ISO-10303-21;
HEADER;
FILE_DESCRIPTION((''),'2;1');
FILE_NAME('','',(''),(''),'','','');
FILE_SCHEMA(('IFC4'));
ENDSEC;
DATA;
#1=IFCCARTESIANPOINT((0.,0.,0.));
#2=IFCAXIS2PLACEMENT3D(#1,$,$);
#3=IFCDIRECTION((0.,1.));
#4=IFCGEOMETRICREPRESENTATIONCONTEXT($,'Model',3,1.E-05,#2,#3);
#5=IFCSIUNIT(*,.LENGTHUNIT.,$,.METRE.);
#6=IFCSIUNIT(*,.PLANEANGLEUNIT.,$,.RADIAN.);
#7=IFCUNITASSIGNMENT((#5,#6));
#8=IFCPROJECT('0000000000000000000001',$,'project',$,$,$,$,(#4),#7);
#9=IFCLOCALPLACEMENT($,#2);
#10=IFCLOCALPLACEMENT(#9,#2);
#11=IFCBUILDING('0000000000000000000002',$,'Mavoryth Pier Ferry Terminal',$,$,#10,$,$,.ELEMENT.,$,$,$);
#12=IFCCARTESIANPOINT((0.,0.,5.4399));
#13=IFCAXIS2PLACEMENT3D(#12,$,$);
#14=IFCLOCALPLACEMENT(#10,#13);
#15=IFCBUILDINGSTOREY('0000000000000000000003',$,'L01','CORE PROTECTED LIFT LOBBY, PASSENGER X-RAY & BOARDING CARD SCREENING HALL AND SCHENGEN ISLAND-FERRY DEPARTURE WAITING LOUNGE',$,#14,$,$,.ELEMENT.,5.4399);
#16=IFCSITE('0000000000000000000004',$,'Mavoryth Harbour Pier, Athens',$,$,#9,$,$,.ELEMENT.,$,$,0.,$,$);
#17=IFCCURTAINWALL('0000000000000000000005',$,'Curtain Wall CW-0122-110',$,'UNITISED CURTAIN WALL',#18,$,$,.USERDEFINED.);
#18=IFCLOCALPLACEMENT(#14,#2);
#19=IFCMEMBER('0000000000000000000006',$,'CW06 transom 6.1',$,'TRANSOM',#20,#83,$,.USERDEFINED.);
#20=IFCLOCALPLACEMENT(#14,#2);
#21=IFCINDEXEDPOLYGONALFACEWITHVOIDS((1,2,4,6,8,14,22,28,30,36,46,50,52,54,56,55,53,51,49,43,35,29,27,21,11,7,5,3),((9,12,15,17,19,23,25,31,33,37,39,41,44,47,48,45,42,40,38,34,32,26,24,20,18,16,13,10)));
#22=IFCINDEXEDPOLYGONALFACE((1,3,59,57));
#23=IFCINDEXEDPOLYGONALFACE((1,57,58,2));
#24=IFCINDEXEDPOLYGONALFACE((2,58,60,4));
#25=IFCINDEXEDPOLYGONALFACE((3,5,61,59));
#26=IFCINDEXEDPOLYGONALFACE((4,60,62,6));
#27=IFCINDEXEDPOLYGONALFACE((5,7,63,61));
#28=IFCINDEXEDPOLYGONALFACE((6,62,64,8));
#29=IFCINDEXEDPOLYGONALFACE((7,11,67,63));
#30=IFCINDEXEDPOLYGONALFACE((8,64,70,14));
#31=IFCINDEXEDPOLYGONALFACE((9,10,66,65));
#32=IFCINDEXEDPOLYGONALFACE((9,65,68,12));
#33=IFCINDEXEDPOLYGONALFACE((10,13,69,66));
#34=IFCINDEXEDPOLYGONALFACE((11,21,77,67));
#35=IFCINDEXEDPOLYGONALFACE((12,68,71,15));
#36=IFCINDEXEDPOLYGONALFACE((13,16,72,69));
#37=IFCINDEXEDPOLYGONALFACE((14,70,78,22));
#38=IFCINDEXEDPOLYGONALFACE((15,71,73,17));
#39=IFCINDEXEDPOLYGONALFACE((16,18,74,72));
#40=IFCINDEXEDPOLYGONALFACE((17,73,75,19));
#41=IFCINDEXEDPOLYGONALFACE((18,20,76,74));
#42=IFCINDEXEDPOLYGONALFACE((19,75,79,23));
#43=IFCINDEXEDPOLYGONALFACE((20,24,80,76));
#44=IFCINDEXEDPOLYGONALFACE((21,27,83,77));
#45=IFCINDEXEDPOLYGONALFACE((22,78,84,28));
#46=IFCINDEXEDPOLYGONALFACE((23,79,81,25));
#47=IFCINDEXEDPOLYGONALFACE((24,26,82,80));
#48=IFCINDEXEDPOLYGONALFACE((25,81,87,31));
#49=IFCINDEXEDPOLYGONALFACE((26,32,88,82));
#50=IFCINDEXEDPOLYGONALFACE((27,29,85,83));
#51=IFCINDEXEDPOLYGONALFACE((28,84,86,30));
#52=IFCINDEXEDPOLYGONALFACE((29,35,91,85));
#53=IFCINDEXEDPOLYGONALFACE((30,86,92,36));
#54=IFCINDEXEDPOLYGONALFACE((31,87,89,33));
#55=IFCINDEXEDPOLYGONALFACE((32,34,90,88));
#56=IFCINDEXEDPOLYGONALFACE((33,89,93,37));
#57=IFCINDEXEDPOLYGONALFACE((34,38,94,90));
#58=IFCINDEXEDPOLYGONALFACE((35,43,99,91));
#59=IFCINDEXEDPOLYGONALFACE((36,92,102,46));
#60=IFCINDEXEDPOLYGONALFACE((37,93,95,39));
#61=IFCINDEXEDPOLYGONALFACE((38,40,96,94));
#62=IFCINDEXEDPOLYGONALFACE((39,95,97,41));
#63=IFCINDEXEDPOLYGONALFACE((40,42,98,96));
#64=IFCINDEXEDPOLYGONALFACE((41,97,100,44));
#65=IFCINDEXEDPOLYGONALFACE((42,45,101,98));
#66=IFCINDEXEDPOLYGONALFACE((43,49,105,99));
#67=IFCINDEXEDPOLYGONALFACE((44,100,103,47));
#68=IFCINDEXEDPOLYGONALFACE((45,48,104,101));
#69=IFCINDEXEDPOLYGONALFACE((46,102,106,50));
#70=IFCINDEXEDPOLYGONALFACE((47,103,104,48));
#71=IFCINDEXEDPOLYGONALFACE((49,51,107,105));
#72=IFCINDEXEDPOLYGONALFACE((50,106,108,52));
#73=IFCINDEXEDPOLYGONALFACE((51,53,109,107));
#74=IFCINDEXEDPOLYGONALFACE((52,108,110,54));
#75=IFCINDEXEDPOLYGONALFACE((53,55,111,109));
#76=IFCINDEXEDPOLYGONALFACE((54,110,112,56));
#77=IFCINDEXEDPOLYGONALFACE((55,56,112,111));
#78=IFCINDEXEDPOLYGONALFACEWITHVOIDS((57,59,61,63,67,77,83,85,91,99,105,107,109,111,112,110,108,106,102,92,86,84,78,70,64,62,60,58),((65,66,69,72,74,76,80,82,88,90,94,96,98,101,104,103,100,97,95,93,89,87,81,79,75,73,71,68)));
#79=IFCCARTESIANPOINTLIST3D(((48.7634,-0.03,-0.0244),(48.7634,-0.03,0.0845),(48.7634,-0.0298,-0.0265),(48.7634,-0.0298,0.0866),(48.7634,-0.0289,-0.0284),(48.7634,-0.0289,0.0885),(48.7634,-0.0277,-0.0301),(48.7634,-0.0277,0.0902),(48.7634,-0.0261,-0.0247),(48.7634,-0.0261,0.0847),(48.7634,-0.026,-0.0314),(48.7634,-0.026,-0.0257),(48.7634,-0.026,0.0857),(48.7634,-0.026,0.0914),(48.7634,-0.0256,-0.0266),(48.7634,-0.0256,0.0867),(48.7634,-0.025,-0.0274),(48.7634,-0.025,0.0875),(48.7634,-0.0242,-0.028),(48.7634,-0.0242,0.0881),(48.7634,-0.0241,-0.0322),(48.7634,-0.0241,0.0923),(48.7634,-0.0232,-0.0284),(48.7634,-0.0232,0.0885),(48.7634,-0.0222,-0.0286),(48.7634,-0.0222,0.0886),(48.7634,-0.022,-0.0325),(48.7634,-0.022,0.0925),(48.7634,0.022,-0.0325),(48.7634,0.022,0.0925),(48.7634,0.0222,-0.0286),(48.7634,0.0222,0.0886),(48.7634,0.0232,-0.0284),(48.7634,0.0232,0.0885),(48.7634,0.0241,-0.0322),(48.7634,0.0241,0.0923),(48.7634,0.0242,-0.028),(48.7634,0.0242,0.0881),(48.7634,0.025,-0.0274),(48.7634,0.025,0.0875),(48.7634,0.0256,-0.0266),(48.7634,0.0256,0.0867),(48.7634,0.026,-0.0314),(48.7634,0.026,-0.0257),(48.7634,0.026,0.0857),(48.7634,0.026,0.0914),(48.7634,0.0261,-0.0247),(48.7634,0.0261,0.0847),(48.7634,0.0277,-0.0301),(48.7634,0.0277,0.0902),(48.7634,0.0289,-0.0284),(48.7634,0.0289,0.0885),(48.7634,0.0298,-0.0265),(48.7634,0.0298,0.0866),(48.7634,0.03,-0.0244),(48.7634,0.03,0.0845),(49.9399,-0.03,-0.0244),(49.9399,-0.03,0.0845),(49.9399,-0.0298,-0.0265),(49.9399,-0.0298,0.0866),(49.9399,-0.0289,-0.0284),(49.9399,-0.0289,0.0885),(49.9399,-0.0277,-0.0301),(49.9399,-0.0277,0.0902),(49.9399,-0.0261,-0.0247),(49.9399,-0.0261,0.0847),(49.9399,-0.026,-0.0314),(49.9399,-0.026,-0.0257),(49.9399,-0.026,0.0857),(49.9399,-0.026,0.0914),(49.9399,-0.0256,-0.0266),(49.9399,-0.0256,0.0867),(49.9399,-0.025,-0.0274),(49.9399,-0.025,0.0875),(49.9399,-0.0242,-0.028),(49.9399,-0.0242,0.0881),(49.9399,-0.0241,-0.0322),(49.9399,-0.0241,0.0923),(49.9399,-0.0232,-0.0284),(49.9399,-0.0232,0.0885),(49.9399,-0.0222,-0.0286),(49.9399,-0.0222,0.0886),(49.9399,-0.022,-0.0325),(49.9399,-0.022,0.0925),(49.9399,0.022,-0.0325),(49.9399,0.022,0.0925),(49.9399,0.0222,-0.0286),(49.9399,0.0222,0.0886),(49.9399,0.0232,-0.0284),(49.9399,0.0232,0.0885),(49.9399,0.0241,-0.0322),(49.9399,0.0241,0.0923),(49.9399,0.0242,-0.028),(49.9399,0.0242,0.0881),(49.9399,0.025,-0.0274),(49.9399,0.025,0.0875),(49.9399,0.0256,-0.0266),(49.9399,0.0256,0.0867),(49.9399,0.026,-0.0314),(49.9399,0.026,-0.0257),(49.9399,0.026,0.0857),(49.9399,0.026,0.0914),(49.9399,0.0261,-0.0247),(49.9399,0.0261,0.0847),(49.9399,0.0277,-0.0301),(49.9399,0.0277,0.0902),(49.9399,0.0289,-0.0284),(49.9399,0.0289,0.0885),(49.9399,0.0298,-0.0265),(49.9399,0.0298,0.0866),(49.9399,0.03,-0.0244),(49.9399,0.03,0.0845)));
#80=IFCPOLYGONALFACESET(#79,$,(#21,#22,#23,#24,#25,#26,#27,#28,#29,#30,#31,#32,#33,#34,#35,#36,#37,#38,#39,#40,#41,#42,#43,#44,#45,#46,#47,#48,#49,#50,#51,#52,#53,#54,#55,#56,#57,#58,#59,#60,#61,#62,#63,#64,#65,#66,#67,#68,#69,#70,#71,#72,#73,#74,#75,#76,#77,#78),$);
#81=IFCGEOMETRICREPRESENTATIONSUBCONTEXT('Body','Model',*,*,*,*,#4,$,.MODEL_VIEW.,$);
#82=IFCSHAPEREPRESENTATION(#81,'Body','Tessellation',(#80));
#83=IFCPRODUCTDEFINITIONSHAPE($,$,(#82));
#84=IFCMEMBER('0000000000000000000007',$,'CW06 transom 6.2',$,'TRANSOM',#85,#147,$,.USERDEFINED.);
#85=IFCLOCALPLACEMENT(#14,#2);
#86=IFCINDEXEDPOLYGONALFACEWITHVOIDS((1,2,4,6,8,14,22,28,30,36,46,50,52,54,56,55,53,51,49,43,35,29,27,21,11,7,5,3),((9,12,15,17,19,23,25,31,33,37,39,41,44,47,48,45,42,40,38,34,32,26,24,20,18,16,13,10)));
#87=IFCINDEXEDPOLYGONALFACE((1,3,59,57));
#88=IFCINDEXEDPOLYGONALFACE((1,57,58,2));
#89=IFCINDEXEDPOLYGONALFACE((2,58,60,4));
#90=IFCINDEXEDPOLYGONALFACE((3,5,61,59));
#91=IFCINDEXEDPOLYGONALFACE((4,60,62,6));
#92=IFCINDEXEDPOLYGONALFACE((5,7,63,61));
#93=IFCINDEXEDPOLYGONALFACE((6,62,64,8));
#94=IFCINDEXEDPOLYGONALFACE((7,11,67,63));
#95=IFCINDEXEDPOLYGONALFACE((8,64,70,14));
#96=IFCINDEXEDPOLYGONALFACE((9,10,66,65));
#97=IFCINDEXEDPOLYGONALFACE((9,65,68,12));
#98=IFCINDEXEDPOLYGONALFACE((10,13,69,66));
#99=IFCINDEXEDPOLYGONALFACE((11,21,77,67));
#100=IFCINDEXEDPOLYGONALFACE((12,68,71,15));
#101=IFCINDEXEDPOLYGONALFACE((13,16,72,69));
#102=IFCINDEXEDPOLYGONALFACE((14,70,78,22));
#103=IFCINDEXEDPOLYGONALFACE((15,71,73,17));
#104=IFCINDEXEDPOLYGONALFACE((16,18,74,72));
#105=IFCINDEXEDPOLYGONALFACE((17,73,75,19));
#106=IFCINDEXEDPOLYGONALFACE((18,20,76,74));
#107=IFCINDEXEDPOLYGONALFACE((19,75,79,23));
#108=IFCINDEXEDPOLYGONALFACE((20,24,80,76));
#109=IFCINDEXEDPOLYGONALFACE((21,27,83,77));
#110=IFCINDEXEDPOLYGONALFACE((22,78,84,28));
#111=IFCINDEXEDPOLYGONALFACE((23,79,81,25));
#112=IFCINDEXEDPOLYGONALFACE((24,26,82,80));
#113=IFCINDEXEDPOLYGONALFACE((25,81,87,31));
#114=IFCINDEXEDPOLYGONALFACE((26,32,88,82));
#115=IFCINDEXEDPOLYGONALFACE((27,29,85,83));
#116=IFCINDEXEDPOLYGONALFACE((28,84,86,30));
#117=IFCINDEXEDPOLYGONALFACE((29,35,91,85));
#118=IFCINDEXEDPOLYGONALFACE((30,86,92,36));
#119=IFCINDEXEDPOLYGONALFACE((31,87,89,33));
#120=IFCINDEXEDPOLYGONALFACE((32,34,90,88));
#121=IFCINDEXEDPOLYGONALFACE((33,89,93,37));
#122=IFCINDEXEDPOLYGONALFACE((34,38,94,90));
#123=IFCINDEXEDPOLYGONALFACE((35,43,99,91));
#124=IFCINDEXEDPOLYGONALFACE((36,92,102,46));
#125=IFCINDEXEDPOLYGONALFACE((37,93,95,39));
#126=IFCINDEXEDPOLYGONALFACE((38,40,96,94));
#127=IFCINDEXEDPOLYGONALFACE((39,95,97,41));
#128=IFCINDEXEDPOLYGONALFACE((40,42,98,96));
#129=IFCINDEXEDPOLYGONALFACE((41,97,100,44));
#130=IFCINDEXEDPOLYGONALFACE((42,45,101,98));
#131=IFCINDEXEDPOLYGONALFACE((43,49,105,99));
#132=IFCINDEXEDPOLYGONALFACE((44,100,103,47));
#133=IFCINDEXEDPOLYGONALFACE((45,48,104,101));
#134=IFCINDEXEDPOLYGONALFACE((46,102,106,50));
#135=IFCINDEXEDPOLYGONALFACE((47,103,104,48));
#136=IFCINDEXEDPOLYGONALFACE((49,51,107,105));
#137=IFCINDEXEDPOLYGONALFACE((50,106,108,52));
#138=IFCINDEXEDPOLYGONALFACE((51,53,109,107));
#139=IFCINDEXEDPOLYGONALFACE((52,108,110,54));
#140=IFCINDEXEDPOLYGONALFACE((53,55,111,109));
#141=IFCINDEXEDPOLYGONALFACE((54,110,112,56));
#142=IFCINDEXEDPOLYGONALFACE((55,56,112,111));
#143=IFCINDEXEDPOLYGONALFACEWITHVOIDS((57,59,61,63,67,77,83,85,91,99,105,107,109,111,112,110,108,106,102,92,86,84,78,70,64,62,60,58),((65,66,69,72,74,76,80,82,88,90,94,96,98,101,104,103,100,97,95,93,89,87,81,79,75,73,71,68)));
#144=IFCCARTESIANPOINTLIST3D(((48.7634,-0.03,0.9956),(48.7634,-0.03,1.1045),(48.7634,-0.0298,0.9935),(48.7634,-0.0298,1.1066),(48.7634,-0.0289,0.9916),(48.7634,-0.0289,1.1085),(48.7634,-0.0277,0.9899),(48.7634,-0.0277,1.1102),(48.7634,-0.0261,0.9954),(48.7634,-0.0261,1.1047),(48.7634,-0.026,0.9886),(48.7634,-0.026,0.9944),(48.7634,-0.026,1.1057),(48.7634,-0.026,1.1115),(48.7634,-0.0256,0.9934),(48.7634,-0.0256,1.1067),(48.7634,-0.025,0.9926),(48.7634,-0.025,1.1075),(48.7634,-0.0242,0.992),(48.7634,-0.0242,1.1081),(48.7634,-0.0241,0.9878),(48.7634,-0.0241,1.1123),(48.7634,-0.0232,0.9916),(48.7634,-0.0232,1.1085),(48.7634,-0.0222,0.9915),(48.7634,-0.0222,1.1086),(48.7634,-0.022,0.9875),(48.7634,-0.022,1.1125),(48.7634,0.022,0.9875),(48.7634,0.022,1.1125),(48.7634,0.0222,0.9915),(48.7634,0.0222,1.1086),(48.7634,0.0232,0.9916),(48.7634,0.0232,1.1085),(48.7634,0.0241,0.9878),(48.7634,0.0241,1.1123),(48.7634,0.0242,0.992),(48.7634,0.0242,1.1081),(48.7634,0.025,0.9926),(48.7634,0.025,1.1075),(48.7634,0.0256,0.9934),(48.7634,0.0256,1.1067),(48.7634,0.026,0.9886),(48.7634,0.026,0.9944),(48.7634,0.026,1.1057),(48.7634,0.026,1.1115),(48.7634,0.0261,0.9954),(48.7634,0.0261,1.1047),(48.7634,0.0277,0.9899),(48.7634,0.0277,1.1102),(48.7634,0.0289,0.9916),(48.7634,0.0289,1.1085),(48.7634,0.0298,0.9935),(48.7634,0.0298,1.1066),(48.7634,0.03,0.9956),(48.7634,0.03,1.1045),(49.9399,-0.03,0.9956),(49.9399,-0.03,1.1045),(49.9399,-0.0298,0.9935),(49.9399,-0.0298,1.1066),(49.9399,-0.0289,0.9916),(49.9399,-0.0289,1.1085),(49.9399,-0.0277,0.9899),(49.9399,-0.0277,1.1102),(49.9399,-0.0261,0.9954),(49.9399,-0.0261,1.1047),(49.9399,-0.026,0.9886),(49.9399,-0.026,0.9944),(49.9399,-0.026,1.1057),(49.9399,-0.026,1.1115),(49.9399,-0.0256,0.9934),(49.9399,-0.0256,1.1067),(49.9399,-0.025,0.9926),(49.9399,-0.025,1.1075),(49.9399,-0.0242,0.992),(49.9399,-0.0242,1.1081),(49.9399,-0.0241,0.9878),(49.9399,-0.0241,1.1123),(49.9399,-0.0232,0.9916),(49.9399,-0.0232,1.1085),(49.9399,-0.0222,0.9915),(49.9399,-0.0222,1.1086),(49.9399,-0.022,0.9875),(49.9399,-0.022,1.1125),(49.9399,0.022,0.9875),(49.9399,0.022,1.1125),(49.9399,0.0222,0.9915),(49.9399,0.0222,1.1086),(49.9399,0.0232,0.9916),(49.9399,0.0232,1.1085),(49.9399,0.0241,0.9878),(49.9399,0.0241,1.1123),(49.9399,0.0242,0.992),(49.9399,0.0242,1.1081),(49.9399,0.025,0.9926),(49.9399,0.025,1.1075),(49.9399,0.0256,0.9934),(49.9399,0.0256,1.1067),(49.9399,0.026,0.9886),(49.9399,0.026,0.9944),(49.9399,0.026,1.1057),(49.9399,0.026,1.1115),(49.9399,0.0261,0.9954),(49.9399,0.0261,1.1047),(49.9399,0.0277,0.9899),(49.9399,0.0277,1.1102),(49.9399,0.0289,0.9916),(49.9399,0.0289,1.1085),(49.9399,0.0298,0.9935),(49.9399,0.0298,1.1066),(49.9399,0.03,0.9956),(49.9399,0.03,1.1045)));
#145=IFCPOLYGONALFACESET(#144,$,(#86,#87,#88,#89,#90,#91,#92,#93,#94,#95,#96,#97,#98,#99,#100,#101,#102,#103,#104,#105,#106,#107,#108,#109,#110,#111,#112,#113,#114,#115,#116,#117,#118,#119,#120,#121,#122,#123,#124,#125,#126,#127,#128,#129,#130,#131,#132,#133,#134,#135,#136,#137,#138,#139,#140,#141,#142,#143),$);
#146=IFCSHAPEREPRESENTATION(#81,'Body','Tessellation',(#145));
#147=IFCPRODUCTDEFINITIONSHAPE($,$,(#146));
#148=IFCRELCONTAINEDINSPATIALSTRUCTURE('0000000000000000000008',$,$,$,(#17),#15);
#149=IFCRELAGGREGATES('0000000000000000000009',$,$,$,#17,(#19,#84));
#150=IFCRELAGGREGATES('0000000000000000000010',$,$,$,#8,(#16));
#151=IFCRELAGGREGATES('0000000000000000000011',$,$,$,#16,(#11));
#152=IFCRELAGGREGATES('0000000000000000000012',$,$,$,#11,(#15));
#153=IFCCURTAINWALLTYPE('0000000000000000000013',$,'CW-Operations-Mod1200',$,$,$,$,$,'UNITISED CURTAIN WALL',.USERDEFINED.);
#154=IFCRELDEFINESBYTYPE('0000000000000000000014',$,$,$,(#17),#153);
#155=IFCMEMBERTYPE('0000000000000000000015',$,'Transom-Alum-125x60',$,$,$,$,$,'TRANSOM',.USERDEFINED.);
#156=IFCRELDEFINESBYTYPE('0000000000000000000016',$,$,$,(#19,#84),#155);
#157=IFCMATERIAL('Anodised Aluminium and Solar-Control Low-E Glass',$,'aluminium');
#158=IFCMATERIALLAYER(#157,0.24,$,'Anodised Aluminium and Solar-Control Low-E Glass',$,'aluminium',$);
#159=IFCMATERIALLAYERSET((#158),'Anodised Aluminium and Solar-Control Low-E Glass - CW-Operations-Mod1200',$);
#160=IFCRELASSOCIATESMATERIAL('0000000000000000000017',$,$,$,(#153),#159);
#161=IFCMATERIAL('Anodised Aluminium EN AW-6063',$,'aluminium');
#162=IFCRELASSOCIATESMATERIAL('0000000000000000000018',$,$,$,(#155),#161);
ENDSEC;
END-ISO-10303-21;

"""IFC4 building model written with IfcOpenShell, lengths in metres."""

from ifc_helpers import new_model, si_unit, direction, frame, origin, origin_2d, place, context, subcontext, project, spatial, hollow_rectangle, extrude, material, layer, layer_set, material_profile, profile_set, type_object, element, aggregate, save


model = new_model("IFC4")

# Units and contexts
model_context = context("Model", 3, precision=1e-05, world=origin(), true_north=direction((0.0, 1.0)))
body_context = subcontext(model_context, "Body", "Model", "MODEL_VIEW")
ifc_project = project(units=[si_unit("LENGTHUNIT", "METRE"), si_unit("PLANEANGLEUNIT", "RADIAN")], contexts=[model_context])

# Site, building, storey
site_placement = place(None, origin())
site = spatial("IfcSite", under=ifc_project, at=site_placement, Name="Mavoryth Harbour Pier, Athens", CompositionType="ELEMENT", RefElevation=0.0)
building_placement = place(site_placement, origin())
building = spatial("IfcBuilding", under=site, at=building_placement, Name="Mavoryth Pier Ferry Terminal", CompositionType="ELEMENT")
storey_placement = place(building_placement, frame((0.0, 0.0, 5.4399)))
storey = spatial("IfcBuildingStorey", under=building, at=storey_placement, Name="L01", Description="CORE PROTECTED LIFT LOBBY, PASSENGER X-RAY & BOARDING CARD SCREENING HALL AND SCHENGEN ISLAND-FERRY DEPARTURE WAITING LOUNGE", CompositionType="ELEMENT", Elevation=5.4399)

# Curtain wall
ifc_material_1 = material(Name="Anodised Aluminium and Solar-Control Low-E Glass", Category="aluminium")
ifc_layer_1 = layer(ifc_material_1, 0.24, Name="Anodised Aluminium and Solar-Control Low-E Glass", Category="aluminium")
ifc_layer_set_1 = layer_set([ifc_layer_1], Name="Anodised Aluminium and Solar-Control Low-E Glass - CW-Operations-Mod1200")
curtain_wall_type = type_object("IfcCurtainWallType", Name="CW-Operations-Mod1200", ElementType="UNITISED CURTAIN WALL", PredefinedType="USERDEFINED", material=ifc_layer_set_1)
curtain_wall_1_placement = place(storey_placement, origin())
curtain_wall_1 = element("IfcCurtainWall", 1, at=curtain_wall_1_placement, inside=storey, type_object=curtain_wall_type, Name="Curtain Wall CW-0122-110", ObjectType="UNITISED CURTAIN WALL", PredefinedType="USERDEFINED")
ifc_material_2 = material(Name="Anodised Aluminium EN AW-6063", Category="aluminium")

# Members
ifc_material_profile_1 = material_profile(ifc_material_2, hollow_rectangle(XDim=0.0601, YDim=0.125, WallThickness=0.0039, InnerFilletRadius=0.0039, OuterFilletRadius=0.0081, at=origin_2d()), Name="AL-TRAN 125x60x4", Category="aluminium")
ifc_profile_set_1 = profile_set([ifc_material_profile_1], Name="Anodised Aluminium EN AW-6063 - AL-TRAN 125x60x4")
member_type_1 = type_object("IfcMemberType", Name="Transom-Alum-125x60", ElementType="TRANSOM", PredefinedType="USERDEFINED", material=ifc_profile_set_1)
member_1_placement = place(storey_placement, frame((48.7634, 0.0, 0.03), z_axis=(1.0, 0.0, 0.0), x_axis=(0.0, 1.0, 0.0)))
member_1 = element("IfcMember", 2, at=member_1_placement, type_object=member_type_1, Name="CW06 transom 6.1", ObjectType="TRANSOM", PredefinedType="USERDEFINED", context=body_context, shape_type="SweptSolid", body=[
    extrude(hollow_rectangle(XDim=0.0601, YDim=0.125, WallThickness=0.0039, InnerFilletRadius=0.0039, OuterFilletRadius=0.0081, at=origin_2d()), origin(), (0.0, 0.0, 1.0), 1.1765),
])
member_2_placement = place(storey_placement, frame((48.7634, 0.0, 1.05), z_axis=(1.0, 0.0, 0.0), x_axis=(0.0, 1.0, 0.0)))
member_2 = element("IfcMember", 3, at=member_2_placement, type_object=member_type_1, Name="CW06 transom 6.2", ObjectType="TRANSOM", PredefinedType="USERDEFINED", context=body_context, shape_type="SweptSolid", body=[
    extrude(hollow_rectangle(XDim=0.0601, YDim=0.125, WallThickness=0.0039, InnerFilletRadius=0.0039, OuterFilletRadius=0.0081, at=origin_2d()), origin(), (0.0, 0.0, 1.0), 1.1765),
])

aggregate(curtain_wall_1, [member_1, member_2])

save(model, "model.ifc")
